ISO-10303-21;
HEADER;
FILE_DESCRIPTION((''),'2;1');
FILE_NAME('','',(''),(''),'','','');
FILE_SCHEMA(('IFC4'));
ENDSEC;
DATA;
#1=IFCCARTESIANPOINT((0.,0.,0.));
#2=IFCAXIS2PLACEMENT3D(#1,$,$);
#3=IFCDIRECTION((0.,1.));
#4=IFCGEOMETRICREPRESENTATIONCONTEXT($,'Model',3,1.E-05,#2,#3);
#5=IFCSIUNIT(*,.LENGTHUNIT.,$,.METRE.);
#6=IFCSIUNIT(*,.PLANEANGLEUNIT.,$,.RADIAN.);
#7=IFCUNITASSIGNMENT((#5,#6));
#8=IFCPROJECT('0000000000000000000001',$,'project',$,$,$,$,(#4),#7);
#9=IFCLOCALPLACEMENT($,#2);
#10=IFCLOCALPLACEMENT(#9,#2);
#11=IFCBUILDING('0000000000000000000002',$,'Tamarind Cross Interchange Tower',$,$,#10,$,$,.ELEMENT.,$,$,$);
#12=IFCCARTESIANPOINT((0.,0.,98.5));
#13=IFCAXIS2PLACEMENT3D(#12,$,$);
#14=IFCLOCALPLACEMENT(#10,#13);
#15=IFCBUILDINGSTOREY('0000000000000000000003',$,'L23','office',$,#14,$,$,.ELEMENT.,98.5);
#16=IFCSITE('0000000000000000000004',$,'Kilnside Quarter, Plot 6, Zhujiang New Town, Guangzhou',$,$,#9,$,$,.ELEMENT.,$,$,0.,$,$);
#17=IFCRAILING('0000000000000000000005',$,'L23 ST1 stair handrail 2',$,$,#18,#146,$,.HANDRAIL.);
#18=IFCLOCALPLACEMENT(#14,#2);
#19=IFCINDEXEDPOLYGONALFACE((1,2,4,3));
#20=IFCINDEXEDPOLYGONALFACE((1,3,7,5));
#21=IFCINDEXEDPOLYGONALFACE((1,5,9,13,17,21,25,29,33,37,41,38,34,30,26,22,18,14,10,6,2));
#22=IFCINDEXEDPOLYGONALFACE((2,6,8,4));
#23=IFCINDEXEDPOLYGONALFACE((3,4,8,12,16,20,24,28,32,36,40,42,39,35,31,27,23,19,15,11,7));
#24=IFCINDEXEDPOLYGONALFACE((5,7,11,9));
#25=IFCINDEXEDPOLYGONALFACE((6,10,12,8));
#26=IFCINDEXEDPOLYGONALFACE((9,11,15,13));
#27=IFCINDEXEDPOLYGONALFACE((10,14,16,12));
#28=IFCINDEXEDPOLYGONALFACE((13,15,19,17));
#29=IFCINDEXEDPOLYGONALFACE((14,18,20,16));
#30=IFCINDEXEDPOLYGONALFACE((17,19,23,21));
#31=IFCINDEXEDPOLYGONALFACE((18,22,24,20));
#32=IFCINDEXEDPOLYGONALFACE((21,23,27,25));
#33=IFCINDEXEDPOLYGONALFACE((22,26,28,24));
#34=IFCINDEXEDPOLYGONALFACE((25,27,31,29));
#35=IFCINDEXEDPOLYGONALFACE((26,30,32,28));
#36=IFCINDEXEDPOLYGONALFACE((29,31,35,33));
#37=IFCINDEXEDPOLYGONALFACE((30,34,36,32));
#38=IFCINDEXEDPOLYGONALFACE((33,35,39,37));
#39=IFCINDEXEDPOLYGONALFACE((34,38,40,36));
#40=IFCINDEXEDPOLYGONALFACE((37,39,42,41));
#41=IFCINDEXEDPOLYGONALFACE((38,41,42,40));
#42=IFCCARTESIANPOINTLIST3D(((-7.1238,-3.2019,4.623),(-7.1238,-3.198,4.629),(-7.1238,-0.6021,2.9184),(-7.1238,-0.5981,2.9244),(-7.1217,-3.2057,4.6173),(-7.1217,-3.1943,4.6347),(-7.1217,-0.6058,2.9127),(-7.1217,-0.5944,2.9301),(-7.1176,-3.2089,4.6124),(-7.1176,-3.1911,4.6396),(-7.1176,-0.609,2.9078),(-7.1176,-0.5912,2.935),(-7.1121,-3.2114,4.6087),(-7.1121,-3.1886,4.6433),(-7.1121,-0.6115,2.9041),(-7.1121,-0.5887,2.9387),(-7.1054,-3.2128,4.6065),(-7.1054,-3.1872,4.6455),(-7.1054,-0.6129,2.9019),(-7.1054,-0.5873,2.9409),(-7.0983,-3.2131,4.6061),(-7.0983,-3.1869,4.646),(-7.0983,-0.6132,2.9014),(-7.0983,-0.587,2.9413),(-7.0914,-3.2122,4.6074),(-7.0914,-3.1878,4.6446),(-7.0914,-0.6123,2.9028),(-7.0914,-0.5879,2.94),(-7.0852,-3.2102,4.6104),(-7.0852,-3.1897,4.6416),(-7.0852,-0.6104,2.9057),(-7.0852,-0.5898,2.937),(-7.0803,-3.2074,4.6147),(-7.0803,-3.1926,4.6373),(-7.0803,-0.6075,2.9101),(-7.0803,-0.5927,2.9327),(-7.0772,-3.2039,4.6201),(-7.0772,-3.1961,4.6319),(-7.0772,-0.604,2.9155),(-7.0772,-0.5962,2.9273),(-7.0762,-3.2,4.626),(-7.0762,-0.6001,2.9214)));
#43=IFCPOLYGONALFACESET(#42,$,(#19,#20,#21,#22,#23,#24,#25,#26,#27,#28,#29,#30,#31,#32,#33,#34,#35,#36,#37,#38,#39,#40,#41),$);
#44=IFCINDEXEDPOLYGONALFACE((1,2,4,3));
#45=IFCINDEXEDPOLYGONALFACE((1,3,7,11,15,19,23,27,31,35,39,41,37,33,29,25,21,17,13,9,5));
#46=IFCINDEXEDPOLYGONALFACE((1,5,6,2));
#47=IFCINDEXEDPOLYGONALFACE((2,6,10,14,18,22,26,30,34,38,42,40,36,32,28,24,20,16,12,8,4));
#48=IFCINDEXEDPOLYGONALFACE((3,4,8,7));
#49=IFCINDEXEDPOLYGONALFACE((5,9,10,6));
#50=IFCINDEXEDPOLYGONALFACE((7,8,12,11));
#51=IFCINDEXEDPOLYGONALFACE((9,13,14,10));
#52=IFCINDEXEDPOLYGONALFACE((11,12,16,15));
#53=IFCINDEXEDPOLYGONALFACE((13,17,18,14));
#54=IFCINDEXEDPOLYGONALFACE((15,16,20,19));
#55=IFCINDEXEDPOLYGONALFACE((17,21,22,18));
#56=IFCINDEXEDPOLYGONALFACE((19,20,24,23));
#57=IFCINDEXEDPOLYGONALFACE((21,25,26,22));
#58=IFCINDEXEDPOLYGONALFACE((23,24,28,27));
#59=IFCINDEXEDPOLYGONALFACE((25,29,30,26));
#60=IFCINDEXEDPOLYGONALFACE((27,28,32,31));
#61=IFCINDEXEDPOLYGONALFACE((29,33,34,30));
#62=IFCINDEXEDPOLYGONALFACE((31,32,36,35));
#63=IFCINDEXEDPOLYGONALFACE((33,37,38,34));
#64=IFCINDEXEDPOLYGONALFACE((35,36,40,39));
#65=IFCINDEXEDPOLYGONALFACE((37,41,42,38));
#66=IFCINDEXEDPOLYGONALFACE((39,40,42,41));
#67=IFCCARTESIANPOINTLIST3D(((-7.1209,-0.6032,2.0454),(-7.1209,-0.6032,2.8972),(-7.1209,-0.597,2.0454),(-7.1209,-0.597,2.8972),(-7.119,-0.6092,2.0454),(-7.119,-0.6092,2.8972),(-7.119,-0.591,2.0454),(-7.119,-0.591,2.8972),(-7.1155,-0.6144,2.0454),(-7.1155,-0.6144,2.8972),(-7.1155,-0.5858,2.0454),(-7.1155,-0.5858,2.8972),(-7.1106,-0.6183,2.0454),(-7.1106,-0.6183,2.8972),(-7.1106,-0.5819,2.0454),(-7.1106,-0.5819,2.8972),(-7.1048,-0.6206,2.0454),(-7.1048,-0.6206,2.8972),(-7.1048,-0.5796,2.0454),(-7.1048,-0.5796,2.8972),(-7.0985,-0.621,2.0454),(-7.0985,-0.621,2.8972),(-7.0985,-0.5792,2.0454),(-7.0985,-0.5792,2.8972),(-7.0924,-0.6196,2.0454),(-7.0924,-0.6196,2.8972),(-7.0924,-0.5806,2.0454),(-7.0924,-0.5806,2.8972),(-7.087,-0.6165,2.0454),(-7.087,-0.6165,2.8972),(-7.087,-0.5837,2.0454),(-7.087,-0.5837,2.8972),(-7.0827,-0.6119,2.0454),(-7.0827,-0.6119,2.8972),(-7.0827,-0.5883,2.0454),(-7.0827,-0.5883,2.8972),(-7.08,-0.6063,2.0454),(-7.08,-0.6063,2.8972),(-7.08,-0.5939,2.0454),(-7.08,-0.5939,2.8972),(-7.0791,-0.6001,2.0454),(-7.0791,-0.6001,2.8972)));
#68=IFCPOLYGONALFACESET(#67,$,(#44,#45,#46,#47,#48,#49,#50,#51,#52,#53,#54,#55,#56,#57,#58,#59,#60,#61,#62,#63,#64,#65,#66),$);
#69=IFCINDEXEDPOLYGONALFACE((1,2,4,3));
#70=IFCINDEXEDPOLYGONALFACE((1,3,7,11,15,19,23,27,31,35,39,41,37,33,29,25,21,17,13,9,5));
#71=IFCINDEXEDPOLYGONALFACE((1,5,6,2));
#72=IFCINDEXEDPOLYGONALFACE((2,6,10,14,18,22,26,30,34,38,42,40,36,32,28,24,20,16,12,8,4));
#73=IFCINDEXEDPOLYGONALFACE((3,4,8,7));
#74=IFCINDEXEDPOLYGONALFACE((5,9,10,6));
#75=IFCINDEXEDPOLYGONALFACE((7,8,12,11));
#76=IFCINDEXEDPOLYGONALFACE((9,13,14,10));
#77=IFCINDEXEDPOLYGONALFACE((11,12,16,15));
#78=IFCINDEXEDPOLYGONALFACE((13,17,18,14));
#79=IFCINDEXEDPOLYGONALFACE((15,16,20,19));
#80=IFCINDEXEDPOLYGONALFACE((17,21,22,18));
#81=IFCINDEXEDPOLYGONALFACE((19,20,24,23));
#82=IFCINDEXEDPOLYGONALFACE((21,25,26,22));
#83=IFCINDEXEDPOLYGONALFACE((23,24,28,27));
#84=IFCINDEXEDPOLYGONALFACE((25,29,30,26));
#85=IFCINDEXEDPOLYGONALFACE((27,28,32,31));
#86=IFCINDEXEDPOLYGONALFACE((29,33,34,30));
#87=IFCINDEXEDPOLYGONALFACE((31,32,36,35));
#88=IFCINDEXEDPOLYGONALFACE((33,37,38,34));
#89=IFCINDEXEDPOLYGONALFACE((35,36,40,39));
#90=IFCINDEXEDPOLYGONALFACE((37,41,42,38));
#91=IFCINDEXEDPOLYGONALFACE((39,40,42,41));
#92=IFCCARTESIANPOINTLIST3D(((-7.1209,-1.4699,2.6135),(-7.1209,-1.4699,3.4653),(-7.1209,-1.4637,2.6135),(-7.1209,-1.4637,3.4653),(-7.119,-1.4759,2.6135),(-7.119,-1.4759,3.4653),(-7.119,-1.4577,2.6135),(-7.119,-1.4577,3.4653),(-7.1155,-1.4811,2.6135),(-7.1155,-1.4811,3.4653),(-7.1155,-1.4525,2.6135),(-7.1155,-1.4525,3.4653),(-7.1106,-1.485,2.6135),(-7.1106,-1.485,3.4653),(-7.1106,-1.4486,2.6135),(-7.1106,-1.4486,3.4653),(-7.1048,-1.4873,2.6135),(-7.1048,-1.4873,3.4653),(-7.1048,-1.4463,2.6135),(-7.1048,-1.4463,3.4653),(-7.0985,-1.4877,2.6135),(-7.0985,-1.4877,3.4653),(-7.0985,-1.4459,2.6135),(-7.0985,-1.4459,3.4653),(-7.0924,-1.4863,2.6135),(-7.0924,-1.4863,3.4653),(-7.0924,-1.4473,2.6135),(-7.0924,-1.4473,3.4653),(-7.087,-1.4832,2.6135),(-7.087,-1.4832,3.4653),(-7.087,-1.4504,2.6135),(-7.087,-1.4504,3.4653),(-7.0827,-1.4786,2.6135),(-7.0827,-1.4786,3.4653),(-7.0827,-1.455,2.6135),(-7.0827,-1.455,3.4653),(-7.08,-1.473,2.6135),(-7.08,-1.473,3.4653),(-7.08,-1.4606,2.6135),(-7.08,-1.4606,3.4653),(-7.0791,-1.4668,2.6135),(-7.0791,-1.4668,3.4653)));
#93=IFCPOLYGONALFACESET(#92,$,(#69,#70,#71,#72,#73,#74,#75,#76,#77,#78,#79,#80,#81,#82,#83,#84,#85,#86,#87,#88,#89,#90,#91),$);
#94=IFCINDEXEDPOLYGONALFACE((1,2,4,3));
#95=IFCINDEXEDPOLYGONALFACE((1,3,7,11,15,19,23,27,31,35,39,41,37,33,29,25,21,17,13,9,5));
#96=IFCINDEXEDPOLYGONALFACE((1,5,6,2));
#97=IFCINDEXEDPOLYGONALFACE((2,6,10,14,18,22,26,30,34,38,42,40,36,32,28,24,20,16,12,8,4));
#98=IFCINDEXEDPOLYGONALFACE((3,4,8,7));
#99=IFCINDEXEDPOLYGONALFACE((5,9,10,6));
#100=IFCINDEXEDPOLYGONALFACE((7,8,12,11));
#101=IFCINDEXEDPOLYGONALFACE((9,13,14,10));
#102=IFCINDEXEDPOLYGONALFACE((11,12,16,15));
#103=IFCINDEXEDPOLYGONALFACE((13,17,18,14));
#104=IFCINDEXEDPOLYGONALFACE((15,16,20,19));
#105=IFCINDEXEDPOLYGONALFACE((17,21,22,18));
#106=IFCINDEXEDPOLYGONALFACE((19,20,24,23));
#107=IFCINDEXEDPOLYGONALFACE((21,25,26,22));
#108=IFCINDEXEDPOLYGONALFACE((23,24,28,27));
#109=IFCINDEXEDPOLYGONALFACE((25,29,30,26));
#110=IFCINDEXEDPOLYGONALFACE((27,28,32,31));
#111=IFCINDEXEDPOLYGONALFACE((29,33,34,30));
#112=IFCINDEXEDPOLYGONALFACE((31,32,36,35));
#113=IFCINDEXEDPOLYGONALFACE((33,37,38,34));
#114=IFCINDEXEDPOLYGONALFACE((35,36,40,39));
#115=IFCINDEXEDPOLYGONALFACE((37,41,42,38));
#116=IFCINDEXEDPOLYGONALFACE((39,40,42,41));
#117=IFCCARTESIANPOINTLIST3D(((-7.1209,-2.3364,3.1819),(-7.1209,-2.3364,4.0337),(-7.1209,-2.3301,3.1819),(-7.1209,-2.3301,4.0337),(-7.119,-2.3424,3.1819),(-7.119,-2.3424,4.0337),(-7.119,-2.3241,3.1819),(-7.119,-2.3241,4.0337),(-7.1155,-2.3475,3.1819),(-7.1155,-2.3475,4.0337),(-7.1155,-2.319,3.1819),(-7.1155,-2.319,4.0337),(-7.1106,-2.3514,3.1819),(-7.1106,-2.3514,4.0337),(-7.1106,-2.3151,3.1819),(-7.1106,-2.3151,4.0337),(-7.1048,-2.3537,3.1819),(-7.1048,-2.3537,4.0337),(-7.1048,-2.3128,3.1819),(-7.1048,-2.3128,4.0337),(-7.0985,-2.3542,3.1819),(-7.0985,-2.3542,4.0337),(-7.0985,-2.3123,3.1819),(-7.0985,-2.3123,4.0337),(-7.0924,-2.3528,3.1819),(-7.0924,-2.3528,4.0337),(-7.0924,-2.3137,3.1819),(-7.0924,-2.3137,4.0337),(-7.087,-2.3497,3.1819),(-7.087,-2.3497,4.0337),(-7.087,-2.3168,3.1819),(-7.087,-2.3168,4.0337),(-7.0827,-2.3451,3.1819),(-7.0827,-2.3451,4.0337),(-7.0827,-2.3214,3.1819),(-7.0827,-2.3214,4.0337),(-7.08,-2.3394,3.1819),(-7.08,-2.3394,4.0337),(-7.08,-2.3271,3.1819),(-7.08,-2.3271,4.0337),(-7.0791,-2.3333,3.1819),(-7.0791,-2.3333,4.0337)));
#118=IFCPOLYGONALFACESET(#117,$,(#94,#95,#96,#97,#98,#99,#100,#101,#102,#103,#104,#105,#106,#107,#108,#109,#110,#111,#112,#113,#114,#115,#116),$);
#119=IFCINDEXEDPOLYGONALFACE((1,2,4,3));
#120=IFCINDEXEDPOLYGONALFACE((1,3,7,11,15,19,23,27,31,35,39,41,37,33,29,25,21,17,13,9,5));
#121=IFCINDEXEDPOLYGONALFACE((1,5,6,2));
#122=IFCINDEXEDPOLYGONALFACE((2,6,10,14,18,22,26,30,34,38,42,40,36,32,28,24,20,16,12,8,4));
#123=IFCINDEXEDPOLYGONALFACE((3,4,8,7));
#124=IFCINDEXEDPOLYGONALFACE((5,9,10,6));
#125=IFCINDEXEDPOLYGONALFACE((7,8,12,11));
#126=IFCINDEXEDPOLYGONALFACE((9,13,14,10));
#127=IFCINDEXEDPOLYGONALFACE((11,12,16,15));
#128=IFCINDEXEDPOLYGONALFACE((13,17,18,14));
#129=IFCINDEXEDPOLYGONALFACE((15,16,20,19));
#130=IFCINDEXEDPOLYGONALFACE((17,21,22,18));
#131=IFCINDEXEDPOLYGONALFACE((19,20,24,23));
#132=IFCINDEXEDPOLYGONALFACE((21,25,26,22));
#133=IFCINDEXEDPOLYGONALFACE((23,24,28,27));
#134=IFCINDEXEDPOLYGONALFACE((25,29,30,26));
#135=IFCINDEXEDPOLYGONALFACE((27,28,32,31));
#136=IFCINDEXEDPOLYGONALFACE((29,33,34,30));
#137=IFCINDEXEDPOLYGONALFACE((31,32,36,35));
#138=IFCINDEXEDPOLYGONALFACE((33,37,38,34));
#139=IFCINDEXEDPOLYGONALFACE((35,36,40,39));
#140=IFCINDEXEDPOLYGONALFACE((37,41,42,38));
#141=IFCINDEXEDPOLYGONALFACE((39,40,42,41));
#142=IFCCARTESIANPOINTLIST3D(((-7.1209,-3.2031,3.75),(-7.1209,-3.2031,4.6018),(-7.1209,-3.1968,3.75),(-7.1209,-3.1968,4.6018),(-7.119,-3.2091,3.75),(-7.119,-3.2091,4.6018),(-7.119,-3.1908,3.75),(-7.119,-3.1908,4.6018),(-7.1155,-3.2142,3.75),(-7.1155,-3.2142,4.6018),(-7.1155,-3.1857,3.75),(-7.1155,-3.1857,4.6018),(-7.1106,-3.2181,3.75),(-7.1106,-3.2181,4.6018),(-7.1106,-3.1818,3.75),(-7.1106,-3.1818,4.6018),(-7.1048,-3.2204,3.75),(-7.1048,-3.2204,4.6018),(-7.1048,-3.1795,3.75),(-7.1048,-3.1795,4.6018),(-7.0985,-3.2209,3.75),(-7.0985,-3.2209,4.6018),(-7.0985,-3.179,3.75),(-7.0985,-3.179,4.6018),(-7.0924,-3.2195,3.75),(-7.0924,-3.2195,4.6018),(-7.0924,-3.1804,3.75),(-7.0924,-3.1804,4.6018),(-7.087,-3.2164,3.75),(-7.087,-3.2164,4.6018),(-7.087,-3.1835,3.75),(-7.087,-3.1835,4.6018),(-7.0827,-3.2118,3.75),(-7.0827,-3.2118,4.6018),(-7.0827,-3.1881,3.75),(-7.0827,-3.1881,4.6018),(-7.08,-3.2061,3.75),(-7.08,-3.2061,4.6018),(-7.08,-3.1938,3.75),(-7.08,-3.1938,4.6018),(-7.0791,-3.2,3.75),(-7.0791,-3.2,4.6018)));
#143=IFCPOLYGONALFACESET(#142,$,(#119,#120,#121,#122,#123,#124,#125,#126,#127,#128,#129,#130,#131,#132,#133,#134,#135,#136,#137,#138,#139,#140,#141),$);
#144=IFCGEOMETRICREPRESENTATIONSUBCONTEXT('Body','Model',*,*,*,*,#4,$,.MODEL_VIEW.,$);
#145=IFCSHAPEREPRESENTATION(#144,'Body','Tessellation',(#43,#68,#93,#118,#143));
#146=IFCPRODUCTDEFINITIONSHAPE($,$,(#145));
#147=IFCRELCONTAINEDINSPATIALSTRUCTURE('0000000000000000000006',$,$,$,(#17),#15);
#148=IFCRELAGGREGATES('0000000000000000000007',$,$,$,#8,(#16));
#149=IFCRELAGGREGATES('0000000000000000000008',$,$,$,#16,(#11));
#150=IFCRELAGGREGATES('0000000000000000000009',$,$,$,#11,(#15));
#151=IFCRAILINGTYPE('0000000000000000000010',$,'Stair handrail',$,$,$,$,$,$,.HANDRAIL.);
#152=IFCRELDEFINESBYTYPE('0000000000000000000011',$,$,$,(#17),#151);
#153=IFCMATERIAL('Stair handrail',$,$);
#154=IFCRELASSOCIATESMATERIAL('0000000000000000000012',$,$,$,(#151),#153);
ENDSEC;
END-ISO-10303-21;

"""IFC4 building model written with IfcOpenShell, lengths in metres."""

from ifc_helpers import new_model, si_unit, direction, frame, origin, origin_2d, place, context, subcontext, project, spatial, circle, extrude, material, type_object, element, save


model = new_model("IFC4")

# Units and contexts
model_context = context("Model", 3, precision=1e-05, world=origin(), true_north=direction((0.0, 1.0)))
body_context = subcontext(model_context, "Body", "Model", "MODEL_VIEW")
ifc_project = project(units=[si_unit("LENGTHUNIT", "METRE"), si_unit("PLANEANGLEUNIT", "RADIAN")], contexts=[model_context])

# Site, building, storey
site_placement = place(None, origin())
site = spatial("IfcSite", under=ifc_project, at=site_placement, Name="Kilnside Quarter, Plot 6, Zhujiang New Town, Guangzhou", CompositionType="ELEMENT", RefElevation=0.0)
building_placement = place(site_placement, origin())
building = spatial("IfcBuilding", under=site, at=building_placement, Name="Tamarind Cross Interchange Tower", CompositionType="ELEMENT")
storey_placement = place(building_placement, frame((0.0, 0.0, 98.5)))
storey = spatial("IfcBuildingStorey", under=building, at=storey_placement, Name="L23", Description="office", CompositionType="ELEMENT", Elevation=98.5)

# Railing
ifc_material_1 = material(Name="Stair handrail")
railing_type_1 = type_object("IfcRailingType", Name="Stair handrail", PredefinedType="HANDRAIL", material=ifc_material_1)
railing_1_placement = place(storey_placement, frame((-7.1001, -0.6001, 2.0454)))
element("IfcRailing", 1, at=railing_1_placement, inside=storey, type_object=railing_type_1, Name="L23 ST1 stair handrail 2", PredefinedType="HANDRAIL", context=body_context, shape_type="SweptSolid", body=[
    extrude(circle(Radius=0.0239, at=origin_2d()), frame((0.0, 0.0, 0.876), z_axis=(0.0, -0.836279, 0.548305), x_axis=(1.0, 0.0, 0.0)), (0.0, 0.0, 1.0), 3.1089),
    extrude(circle(Radius=0.021, at=origin_2d()), origin(), (0.0, 0.0, 1.0), 0.8518),
    extrude(circle(Radius=0.021, at=origin_2d()), frame((0.0, -0.8667, 0.5681)), (0.0, 0.0, 1.0), 0.8518),
    extrude(circle(Radius=0.021, at=origin_2d()), frame((0.0, -1.7332, 1.1365)), (0.0, 0.0, 1.0), 0.8518),
    extrude(circle(Radius=0.021, at=origin_2d()), frame((0.0, -2.5999, 1.7046)), (0.0, 0.0, 1.0), 0.8518),
])

save(model, "model.ifc")
